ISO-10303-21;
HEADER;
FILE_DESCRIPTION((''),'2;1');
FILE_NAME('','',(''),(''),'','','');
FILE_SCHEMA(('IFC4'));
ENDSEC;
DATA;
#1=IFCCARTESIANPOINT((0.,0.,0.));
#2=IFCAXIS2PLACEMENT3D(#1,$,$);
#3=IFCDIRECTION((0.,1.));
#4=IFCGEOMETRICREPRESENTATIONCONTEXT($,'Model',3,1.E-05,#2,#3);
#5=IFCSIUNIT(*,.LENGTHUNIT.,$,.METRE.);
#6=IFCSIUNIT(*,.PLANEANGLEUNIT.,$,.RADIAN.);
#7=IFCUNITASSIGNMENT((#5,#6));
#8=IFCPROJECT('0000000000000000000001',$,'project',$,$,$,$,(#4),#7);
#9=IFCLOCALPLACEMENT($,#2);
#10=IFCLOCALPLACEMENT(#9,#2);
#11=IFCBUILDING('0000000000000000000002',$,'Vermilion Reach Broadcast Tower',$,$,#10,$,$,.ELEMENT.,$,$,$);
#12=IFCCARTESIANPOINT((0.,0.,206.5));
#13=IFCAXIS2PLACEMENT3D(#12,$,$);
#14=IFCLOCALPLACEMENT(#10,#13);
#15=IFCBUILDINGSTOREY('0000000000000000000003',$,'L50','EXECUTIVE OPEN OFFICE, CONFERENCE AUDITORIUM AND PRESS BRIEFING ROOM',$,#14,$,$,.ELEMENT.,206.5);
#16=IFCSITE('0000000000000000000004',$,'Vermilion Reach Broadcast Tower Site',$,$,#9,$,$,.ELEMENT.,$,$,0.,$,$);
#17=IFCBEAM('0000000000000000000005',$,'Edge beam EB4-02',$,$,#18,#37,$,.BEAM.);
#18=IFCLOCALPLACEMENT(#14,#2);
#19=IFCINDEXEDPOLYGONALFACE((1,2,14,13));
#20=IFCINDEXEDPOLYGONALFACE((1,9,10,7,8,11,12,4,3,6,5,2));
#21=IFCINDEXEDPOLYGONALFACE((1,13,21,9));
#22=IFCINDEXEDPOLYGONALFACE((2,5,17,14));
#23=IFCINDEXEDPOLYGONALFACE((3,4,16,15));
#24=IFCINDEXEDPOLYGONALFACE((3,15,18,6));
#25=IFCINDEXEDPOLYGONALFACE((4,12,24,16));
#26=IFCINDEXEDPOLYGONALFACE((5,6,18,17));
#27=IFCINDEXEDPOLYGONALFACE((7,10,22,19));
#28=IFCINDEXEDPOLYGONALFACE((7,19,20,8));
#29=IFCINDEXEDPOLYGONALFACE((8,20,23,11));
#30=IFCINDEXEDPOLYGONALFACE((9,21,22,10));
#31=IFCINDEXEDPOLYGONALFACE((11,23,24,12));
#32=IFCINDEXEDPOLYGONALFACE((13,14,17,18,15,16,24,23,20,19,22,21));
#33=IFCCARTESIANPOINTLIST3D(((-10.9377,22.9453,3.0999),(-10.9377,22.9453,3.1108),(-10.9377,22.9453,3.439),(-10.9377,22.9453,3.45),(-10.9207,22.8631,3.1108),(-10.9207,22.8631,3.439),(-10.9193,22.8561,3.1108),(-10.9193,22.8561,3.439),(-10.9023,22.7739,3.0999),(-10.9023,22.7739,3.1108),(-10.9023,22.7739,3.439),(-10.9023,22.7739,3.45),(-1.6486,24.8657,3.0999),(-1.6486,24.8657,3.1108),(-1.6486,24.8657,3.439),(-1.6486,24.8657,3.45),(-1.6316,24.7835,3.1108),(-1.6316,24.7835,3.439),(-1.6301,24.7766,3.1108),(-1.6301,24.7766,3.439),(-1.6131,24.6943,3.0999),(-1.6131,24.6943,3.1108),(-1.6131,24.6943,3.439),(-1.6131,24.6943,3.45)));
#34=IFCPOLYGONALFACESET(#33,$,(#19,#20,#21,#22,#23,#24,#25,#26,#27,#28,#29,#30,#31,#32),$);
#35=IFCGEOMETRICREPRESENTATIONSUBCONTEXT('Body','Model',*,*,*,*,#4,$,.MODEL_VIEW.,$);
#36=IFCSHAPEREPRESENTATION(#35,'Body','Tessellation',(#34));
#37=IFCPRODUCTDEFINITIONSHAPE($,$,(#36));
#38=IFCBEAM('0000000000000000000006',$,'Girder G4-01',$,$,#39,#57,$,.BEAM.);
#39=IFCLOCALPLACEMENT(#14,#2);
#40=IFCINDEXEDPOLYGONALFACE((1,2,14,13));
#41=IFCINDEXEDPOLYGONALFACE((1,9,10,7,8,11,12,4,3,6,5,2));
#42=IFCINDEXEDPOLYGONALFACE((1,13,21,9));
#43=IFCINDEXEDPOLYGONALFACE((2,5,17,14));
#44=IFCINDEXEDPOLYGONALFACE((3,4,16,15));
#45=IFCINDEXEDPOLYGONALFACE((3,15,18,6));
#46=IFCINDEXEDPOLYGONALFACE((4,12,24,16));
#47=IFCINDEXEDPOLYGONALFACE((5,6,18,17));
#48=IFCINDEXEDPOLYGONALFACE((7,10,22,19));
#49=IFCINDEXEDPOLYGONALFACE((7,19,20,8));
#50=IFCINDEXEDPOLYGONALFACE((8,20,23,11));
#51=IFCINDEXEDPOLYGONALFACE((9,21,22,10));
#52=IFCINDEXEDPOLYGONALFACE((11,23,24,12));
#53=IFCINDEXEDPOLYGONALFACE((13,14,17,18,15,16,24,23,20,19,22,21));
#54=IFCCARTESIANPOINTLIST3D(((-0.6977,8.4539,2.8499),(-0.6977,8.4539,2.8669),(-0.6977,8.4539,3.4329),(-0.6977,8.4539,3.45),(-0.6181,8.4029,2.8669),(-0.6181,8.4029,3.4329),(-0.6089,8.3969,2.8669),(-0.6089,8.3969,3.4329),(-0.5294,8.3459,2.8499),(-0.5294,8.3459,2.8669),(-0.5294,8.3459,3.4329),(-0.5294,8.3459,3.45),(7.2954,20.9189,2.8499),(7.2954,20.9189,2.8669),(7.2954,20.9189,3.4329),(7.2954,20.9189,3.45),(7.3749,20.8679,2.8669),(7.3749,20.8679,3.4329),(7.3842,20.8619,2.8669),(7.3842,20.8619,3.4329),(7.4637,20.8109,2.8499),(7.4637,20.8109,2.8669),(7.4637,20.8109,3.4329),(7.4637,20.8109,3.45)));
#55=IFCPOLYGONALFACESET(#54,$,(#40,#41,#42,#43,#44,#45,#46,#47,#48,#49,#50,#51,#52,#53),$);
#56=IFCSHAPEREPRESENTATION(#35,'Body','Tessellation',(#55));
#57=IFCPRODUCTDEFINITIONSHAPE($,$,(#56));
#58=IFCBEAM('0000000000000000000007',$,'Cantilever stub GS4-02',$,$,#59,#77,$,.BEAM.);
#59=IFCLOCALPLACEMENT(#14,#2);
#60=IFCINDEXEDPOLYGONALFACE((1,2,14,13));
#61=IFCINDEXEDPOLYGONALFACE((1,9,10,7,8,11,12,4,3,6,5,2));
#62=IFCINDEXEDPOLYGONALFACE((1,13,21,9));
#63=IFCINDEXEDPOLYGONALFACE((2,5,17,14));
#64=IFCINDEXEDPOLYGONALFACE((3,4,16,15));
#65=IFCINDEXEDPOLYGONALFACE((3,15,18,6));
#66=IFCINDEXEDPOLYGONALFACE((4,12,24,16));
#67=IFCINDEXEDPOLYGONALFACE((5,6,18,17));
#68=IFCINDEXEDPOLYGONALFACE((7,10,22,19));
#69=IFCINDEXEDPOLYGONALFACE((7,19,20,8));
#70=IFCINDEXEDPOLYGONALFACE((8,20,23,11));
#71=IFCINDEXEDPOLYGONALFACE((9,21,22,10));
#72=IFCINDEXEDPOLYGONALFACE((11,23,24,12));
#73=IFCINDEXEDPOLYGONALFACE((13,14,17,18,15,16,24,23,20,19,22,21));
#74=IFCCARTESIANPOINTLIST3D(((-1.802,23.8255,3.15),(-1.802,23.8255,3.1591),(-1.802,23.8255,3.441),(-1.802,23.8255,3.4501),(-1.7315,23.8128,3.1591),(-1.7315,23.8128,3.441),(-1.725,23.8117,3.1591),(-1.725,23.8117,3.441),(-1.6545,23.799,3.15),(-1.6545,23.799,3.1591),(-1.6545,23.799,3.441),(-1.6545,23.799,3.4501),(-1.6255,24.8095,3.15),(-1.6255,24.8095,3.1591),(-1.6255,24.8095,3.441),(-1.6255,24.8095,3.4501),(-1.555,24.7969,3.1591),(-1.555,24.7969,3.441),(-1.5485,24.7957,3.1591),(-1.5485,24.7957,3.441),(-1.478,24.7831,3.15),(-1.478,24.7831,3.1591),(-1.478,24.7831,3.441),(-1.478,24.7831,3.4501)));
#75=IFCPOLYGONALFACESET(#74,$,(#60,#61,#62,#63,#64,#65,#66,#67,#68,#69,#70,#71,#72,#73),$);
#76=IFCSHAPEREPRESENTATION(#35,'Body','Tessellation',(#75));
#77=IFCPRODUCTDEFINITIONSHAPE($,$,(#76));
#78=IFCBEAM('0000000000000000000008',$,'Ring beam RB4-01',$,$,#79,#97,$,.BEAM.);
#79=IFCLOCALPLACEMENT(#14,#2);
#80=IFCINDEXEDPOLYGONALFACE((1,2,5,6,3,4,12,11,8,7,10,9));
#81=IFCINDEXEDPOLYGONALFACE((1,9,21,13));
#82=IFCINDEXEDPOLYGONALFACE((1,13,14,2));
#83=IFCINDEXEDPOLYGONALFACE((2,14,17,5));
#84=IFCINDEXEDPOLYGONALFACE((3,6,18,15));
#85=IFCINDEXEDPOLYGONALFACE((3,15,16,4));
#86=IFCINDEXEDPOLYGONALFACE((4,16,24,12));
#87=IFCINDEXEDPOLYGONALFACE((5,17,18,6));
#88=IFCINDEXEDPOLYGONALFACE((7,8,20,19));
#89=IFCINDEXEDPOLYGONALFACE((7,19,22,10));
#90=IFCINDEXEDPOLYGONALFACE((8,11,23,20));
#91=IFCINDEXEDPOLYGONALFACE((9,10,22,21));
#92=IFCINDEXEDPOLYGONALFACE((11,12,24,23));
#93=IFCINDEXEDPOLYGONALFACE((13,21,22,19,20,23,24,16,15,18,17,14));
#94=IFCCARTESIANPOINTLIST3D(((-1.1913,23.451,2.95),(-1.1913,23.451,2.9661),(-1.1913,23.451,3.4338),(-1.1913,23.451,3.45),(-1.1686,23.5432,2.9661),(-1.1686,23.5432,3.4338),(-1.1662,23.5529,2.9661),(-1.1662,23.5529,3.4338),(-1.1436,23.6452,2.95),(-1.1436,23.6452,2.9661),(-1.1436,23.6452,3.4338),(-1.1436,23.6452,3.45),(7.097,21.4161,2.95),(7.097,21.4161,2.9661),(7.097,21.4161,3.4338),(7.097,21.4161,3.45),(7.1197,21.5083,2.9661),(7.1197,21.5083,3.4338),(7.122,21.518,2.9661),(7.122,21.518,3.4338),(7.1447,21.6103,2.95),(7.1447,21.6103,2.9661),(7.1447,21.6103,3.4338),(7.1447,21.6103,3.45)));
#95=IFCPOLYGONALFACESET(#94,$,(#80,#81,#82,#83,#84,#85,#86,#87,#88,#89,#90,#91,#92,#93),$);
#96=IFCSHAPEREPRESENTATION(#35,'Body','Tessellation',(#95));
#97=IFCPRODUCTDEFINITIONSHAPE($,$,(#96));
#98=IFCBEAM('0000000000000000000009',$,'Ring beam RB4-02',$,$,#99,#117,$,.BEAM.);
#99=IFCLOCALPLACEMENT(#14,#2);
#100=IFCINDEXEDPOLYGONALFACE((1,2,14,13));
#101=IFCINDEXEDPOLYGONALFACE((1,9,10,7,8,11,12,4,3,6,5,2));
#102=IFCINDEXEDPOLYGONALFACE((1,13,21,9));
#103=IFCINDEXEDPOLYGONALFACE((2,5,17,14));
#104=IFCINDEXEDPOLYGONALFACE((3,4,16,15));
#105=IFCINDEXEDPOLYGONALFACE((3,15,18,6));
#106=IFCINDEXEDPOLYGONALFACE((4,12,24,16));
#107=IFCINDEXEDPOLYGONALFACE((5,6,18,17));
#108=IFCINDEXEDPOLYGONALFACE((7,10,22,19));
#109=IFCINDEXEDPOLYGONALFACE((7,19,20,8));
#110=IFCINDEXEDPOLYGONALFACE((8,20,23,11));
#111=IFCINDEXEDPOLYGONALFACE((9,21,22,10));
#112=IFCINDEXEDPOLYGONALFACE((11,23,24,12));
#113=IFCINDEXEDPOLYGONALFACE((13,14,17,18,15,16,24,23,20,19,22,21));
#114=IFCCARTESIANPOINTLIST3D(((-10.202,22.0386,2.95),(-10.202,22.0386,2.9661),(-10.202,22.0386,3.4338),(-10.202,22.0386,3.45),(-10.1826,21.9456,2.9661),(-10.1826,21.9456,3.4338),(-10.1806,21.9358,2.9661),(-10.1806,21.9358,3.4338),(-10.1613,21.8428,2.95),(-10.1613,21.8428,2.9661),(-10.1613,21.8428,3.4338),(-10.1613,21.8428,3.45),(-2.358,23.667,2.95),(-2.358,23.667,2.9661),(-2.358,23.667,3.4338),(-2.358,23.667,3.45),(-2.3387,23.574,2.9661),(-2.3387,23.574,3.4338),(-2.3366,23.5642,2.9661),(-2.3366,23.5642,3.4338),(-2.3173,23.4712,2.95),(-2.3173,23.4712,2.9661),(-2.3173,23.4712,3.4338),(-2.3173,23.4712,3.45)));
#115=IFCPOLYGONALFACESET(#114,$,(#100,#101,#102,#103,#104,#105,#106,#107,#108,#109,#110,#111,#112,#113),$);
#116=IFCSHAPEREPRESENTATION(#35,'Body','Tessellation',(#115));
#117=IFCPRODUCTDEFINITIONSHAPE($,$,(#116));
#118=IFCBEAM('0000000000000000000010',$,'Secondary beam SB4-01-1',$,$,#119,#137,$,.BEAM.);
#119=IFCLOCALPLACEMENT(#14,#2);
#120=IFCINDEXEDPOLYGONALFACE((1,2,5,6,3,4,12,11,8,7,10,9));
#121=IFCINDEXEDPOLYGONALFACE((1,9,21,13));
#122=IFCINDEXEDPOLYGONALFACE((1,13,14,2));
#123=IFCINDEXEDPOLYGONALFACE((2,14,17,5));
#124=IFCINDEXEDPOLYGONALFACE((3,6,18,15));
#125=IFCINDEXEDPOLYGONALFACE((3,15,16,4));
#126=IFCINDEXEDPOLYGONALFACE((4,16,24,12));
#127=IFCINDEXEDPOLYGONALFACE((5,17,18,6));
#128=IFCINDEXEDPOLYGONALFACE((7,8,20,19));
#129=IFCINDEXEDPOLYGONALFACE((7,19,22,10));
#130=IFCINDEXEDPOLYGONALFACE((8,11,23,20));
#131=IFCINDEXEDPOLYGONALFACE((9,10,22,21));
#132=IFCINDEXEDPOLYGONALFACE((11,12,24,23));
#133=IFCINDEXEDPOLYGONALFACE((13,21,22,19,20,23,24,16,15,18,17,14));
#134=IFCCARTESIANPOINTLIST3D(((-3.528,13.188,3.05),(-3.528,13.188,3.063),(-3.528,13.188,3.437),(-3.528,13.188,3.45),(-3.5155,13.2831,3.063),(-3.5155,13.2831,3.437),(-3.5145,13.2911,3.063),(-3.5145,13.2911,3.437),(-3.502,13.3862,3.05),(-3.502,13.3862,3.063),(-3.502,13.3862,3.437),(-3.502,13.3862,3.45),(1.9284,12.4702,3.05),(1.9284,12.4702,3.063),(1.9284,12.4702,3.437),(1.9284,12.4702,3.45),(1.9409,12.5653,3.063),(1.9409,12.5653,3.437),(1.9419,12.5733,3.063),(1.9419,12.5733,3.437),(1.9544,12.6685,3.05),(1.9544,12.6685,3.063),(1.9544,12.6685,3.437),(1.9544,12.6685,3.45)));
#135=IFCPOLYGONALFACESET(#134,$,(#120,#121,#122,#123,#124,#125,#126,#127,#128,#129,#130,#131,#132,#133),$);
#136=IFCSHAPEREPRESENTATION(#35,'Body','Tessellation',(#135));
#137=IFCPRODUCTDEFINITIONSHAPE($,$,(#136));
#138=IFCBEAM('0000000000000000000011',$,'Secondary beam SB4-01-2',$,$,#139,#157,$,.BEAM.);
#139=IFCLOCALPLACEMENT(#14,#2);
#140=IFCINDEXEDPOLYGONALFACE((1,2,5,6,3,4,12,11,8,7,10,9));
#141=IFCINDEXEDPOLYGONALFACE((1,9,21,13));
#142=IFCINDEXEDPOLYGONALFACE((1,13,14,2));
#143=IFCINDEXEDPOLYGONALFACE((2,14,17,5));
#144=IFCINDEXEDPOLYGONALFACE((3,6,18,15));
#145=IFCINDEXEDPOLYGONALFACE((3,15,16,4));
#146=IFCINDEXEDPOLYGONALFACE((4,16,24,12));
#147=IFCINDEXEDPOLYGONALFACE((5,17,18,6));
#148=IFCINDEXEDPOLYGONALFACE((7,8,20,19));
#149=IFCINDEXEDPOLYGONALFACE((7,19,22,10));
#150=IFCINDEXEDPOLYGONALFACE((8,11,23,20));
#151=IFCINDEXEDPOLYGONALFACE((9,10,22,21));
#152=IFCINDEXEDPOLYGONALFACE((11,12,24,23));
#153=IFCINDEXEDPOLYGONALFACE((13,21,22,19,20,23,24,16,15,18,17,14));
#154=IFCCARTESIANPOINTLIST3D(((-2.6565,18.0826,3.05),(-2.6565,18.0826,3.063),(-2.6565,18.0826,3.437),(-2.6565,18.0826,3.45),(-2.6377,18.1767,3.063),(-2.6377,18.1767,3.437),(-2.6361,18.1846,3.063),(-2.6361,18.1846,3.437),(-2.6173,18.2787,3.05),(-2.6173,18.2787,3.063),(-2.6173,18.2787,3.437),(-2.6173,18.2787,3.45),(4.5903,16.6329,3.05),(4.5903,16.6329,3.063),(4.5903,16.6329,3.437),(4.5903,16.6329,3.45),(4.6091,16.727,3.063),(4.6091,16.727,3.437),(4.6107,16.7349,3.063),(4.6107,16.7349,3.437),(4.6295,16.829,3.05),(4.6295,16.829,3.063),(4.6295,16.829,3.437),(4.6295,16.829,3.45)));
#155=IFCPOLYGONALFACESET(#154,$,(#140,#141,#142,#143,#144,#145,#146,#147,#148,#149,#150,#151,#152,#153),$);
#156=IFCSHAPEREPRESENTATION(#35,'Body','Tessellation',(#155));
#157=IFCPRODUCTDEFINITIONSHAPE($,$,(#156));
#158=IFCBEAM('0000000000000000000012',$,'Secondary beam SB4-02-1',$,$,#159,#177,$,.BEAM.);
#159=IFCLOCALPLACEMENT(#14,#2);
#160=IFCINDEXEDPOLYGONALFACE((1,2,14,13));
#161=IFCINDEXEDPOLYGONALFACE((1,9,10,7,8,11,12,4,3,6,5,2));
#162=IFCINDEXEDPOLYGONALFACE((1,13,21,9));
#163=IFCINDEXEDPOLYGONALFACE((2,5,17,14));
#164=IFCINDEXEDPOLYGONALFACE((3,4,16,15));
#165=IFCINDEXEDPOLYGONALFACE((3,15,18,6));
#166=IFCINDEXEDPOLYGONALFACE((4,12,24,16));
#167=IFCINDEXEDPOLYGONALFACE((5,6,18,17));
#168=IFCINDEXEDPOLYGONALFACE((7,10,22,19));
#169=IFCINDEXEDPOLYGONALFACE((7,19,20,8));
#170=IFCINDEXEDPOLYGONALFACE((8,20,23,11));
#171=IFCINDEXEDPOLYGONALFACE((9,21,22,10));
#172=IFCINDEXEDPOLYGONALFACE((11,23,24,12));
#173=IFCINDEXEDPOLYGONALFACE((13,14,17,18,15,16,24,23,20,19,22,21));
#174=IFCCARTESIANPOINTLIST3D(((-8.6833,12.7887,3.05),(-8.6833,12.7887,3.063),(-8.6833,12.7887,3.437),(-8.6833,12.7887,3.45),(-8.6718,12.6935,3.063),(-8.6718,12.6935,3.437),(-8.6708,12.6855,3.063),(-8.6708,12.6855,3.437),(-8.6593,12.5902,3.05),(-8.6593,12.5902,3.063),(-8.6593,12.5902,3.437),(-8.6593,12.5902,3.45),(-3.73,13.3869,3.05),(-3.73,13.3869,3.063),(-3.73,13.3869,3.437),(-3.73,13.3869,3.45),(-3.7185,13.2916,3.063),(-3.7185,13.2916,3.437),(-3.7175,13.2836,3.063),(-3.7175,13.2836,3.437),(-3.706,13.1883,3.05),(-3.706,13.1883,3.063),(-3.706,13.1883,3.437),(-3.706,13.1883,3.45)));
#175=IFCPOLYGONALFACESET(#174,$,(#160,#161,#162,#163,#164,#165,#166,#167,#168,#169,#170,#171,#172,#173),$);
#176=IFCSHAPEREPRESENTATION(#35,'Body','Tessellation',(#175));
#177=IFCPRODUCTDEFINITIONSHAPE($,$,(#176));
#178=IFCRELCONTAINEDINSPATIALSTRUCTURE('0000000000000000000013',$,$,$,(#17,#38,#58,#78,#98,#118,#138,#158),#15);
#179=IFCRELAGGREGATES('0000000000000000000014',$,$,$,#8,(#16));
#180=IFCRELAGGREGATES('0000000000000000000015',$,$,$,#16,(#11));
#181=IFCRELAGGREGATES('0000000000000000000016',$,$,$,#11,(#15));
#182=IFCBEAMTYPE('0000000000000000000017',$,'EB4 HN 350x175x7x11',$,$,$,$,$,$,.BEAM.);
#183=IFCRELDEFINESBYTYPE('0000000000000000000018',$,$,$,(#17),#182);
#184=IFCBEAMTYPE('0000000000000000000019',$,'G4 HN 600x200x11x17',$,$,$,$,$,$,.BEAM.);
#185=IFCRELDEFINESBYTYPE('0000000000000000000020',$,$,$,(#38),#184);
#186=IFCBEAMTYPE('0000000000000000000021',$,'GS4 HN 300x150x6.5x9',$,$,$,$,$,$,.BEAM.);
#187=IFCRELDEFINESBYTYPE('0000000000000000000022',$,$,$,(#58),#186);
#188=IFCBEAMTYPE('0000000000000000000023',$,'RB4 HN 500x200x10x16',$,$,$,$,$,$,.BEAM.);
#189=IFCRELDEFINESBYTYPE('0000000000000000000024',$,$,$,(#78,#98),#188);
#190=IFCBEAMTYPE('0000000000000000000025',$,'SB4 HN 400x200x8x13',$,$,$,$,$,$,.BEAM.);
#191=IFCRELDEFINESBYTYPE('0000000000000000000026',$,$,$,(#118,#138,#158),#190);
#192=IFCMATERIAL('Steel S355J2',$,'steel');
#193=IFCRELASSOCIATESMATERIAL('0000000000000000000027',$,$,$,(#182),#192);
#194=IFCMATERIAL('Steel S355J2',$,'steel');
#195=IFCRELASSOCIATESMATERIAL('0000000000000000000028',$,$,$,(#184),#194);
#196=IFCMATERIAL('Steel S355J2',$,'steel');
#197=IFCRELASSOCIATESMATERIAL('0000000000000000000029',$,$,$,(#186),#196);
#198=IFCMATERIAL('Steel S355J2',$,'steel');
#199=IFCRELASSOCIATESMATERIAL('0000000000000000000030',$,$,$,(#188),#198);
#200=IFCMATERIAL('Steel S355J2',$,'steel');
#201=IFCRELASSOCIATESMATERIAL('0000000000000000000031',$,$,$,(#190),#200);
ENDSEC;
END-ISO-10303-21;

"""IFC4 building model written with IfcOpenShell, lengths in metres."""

from ifc_helpers import new_model, si_unit, direction, frame, origin, origin_2d, place, context, subcontext, project, spatial, i_section, extrude, material, material_profile, profile_set, type_object, element, save


model = new_model("IFC4")

# Units and contexts
model_context = context("Model", 3, precision=1e-05, world=origin(), true_north=direction((0.0, 1.0)))
body_context = subcontext(model_context, "Body", "Model", "MODEL_VIEW")
ifc_project = project(units=[si_unit("LENGTHUNIT", "METRE"), si_unit("PLANEANGLEUNIT", "RADIAN")], contexts=[model_context])

# Site, building, storey
site_placement = place(None, origin())
site = spatial("IfcSite", under=ifc_project, at=site_placement, Name="Vermilion Reach Broadcast Tower Site", CompositionType="ELEMENT", RefElevation=0.0)
building_placement = place(site_placement, origin())
building = spatial("IfcBuilding", under=site, at=building_placement, Name="Vermilion Reach Broadcast Tower", CompositionType="ELEMENT")
storey_placement = place(building_placement, frame((0.0, 0.0, 206.5)))
storey = spatial("IfcBuildingStorey", under=building, at=storey_placement, Name="L50", Description="EXECUTIVE OPEN OFFICE, CONFERENCE AUDITORIUM AND PRESS BRIEFING ROOM", CompositionType="ELEMENT", Elevation=206.5)

# Beams
ifc_material_1 = material(Name="Steel S355J2", Category="steel")
ifc_material_profile_1 = material_profile(ifc_material_1, i_section(OverallWidth=0.175, OverallDepth=0.3501, WebThickness=0.0071, FlangeThickness=0.011, at=origin_2d()), Name="S355J2 HN 350x175x7x11")
ifc_profile_set_1 = profile_set([ifc_material_profile_1], Name="Steel S355J2")
beam_type_1 = type_object("IfcBeamType", Name="EB4 HN 350x175x7x11", PredefinedType="BEAM", material=ifc_profile_set_1)
beam_1_placement = place(storey_placement, frame((-1.6309, 24.78, 3.2749), z_axis=(-0.979291, -0.202458, 0.0), x_axis=(0.202458, -0.979291, 0.0)))
element("IfcBeam", 1, at=beam_1_placement, inside=storey, type_object=beam_type_1, Name="Edge beam EB4-02", PredefinedType="BEAM", context=body_context, shape_type="SweptSolid", body=[
    extrude(i_section(OverallWidth=0.175, OverallDepth=0.3501, WebThickness=0.0071, FlangeThickness=0.011, at=origin_2d()), origin(), (0.0, 0.0, 1.0), 9.4856),
])
ifc_material_2 = material(Name="Steel S355J2", Category="steel")
ifc_material_profile_2 = material_profile(ifc_material_2, i_section(OverallWidth=0.2, OverallDepth=0.6001, WebThickness=0.011, FlangeThickness=0.0171, at=origin_2d()), Name="S355J2 HN 600x200x11x17")
ifc_profile_set_2 = profile_set([ifc_material_profile_2], Name="Steel S355J2")
beam_type_2 = type_object("IfcBeamType", Name="G4 HN 600x200x11x17", PredefinedType="BEAM", material=ifc_profile_set_2)
beam_2_placement = place(storey_placement, frame((-0.6135, 8.3999, 3.1499), z_axis=(0.539796, 0.841796, 0.0), x_axis=(-0.841796, 0.539796, 0.0)))
element("IfcBeam", 2, at=beam_2_placement, inside=storey, type_object=beam_type_2, Name="Girder G4-01", PredefinedType="BEAM", context=body_context, shape_type="SweptSolid", body=[
    extrude(i_section(OverallWidth=0.2, OverallDepth=0.6001, WebThickness=0.011, FlangeThickness=0.0171, at=origin_2d()), origin(), (0.0, 0.0, 1.0), 14.8076),
])
ifc_material_3 = material(Name="Steel S355J2", Category="steel")
ifc_material_profile_3 = material_profile(ifc_material_3, i_section(OverallWidth=0.1499, OverallDepth=0.3, WebThickness=0.0066, FlangeThickness=0.009, at=origin_2d()), Name="S355J2 HN 300x150x6.5x9")
ifc_profile_set_3 = profile_set([ifc_material_profile_3], Name="Steel S355J2")
beam_type_3 = type_object("IfcBeamType", Name="GS4 HN 300x150x6.5x9", PredefinedType="BEAM", material=ifc_profile_set_3)
beam_3_placement = place(storey_placement, frame((-1.7283, 23.8123, 3.3), z_axis=(0.176543, 0.984293, 0.0), x_axis=(-0.984293, 0.176543, 0.0)))
element("IfcBeam", 3, at=beam_3_placement, inside=storey, type_object=beam_type_3, Name="Cantilever stub GS4-02", PredefinedType="BEAM", context=body_context, shape_type="SweptSolid", body=[
    extrude(i_section(OverallWidth=0.1499, OverallDepth=0.3, WebThickness=0.0066, FlangeThickness=0.009, at=origin_2d()), origin(), (0.0, 0.0, 1.0), 0.9998),
])
ifc_material_4 = material(Name="Steel S355J2", Category="steel")
ifc_material_profile_4 = material_profile(ifc_material_4, i_section(OverallWidth=0.2, OverallDepth=0.5, WebThickness=0.01, FlangeThickness=0.0161, at=origin_2d()), Name="S355J2 HN 500x200x10x16")
ifc_profile_set_4 = profile_set([ifc_material_profile_4], Name="Steel S355J2")
beam_type_4 = type_object("IfcBeamType", Name="RB4 HN 500x200x10x16", PredefinedType="BEAM", material=ifc_profile_set_4)
beam_4_placement = place(storey_placement, frame((7.1208, 21.5132, 3.2), z_axis=(-0.971159, 0.238434, 0.0), x_axis=(-0.238434, -0.971159, 0.0)))
element("IfcBeam", 4, at=beam_4_placement, inside=storey, type_object=beam_type_4, Name="Ring beam RB4-01", PredefinedType="BEAM", context=body_context, shape_type="SweptSolid", body=[
    extrude(i_section(OverallWidth=0.2, OverallDepth=0.5, WebThickness=0.01, FlangeThickness=0.0161, at=origin_2d()), origin(), (0.0, 0.0, 1.0), 8.5344),
])
beam_5_placement = place(storey_placement, frame((-2.3376, 23.5691, 3.2), z_axis=(-0.979123, -0.203267, 0.0), x_axis=(0.203267, -0.979123, 0.0)))
element("IfcBeam", 5, at=beam_5_placement, inside=storey, type_object=beam_type_4, Name="Ring beam RB4-02", PredefinedType="BEAM", context=body_context, shape_type="SweptSolid", body=[
    extrude(i_section(OverallWidth=0.2, OverallDepth=0.5, WebThickness=0.01, FlangeThickness=0.0161, at=origin_2d()), origin(), (0.0, 0.0, 1.0), 8.0112),
])
ifc_material_5 = material(Name="Steel S355J2", Category="steel")
ifc_material_profile_5 = material_profile(ifc_material_5, i_section(OverallWidth=0.2, OverallDepth=0.3999, WebThickness=0.0081, FlangeThickness=0.0129, at=origin_2d()), Name="S355J2 HN 400x200x8x13")
ifc_profile_set_5 = profile_set([ifc_material_profile_5], Name="Steel S355J2")
beam_type_5 = type_object("IfcBeamType", Name="SB4 HN 400x200x8x13", PredefinedType="BEAM", material=ifc_profile_set_5)
beam_6_placement = place(storey_placement, frame((1.9414, 12.5693, 3.25), z_axis=(-0.991458, 0.130426, 0.0), x_axis=(-0.130426, -0.991458, 0.0)))
element("IfcBeam", 6, at=beam_6_placement, inside=storey, type_object=beam_type_5, Name="Secondary beam SB4-01-1", PredefinedType="BEAM", context=body_context, shape_type="SweptSolid", body=[
    extrude(i_section(OverallWidth=0.2, OverallDepth=0.3999, WebThickness=0.0081, FlangeThickness=0.0129, at=origin_2d()), origin(), (0.0, 0.0, 1.0), 5.5034),
])
beam_7_placement = place(storey_placement, frame((4.6099, 16.731, 3.25), z_axis=(-0.980572, 0.196161, 0.0), x_axis=(-0.196161, -0.980572, 0.0)))
element("IfcBeam", 7, at=beam_7_placement, inside=storey, type_object=beam_type_5, Name="Secondary beam SB4-01-2", PredefinedType="BEAM", context=body_context, shape_type="SweptSolid", body=[
    extrude(i_section(OverallWidth=0.2, OverallDepth=0.3999, WebThickness=0.0081, FlangeThickness=0.0129, at=origin_2d()), origin(), (0.0, 0.0, 1.0), 7.3904),
])
beam_8_placement = place(storey_placement, frame((-3.718, 13.2876, 3.25), z_axis=(-0.992788, -0.119884, 0.0), x_axis=(0.119884, -0.992788, 0.0)))
element("IfcBeam", 8, at=beam_8_placement, inside=storey, type_object=beam_type_5, Name="Secondary beam SB4-02-1", PredefinedType="BEAM", context=body_context, shape_type="SweptSolid", body=[
    extrude(i_section(OverallWidth=0.2, OverallDepth=0.3999, WebThickness=0.0081, FlangeThickness=0.0129, at=origin_2d()), origin(), (0.0, 0.0, 1.0), 4.9893),
])

save(model, "model.ifc")
